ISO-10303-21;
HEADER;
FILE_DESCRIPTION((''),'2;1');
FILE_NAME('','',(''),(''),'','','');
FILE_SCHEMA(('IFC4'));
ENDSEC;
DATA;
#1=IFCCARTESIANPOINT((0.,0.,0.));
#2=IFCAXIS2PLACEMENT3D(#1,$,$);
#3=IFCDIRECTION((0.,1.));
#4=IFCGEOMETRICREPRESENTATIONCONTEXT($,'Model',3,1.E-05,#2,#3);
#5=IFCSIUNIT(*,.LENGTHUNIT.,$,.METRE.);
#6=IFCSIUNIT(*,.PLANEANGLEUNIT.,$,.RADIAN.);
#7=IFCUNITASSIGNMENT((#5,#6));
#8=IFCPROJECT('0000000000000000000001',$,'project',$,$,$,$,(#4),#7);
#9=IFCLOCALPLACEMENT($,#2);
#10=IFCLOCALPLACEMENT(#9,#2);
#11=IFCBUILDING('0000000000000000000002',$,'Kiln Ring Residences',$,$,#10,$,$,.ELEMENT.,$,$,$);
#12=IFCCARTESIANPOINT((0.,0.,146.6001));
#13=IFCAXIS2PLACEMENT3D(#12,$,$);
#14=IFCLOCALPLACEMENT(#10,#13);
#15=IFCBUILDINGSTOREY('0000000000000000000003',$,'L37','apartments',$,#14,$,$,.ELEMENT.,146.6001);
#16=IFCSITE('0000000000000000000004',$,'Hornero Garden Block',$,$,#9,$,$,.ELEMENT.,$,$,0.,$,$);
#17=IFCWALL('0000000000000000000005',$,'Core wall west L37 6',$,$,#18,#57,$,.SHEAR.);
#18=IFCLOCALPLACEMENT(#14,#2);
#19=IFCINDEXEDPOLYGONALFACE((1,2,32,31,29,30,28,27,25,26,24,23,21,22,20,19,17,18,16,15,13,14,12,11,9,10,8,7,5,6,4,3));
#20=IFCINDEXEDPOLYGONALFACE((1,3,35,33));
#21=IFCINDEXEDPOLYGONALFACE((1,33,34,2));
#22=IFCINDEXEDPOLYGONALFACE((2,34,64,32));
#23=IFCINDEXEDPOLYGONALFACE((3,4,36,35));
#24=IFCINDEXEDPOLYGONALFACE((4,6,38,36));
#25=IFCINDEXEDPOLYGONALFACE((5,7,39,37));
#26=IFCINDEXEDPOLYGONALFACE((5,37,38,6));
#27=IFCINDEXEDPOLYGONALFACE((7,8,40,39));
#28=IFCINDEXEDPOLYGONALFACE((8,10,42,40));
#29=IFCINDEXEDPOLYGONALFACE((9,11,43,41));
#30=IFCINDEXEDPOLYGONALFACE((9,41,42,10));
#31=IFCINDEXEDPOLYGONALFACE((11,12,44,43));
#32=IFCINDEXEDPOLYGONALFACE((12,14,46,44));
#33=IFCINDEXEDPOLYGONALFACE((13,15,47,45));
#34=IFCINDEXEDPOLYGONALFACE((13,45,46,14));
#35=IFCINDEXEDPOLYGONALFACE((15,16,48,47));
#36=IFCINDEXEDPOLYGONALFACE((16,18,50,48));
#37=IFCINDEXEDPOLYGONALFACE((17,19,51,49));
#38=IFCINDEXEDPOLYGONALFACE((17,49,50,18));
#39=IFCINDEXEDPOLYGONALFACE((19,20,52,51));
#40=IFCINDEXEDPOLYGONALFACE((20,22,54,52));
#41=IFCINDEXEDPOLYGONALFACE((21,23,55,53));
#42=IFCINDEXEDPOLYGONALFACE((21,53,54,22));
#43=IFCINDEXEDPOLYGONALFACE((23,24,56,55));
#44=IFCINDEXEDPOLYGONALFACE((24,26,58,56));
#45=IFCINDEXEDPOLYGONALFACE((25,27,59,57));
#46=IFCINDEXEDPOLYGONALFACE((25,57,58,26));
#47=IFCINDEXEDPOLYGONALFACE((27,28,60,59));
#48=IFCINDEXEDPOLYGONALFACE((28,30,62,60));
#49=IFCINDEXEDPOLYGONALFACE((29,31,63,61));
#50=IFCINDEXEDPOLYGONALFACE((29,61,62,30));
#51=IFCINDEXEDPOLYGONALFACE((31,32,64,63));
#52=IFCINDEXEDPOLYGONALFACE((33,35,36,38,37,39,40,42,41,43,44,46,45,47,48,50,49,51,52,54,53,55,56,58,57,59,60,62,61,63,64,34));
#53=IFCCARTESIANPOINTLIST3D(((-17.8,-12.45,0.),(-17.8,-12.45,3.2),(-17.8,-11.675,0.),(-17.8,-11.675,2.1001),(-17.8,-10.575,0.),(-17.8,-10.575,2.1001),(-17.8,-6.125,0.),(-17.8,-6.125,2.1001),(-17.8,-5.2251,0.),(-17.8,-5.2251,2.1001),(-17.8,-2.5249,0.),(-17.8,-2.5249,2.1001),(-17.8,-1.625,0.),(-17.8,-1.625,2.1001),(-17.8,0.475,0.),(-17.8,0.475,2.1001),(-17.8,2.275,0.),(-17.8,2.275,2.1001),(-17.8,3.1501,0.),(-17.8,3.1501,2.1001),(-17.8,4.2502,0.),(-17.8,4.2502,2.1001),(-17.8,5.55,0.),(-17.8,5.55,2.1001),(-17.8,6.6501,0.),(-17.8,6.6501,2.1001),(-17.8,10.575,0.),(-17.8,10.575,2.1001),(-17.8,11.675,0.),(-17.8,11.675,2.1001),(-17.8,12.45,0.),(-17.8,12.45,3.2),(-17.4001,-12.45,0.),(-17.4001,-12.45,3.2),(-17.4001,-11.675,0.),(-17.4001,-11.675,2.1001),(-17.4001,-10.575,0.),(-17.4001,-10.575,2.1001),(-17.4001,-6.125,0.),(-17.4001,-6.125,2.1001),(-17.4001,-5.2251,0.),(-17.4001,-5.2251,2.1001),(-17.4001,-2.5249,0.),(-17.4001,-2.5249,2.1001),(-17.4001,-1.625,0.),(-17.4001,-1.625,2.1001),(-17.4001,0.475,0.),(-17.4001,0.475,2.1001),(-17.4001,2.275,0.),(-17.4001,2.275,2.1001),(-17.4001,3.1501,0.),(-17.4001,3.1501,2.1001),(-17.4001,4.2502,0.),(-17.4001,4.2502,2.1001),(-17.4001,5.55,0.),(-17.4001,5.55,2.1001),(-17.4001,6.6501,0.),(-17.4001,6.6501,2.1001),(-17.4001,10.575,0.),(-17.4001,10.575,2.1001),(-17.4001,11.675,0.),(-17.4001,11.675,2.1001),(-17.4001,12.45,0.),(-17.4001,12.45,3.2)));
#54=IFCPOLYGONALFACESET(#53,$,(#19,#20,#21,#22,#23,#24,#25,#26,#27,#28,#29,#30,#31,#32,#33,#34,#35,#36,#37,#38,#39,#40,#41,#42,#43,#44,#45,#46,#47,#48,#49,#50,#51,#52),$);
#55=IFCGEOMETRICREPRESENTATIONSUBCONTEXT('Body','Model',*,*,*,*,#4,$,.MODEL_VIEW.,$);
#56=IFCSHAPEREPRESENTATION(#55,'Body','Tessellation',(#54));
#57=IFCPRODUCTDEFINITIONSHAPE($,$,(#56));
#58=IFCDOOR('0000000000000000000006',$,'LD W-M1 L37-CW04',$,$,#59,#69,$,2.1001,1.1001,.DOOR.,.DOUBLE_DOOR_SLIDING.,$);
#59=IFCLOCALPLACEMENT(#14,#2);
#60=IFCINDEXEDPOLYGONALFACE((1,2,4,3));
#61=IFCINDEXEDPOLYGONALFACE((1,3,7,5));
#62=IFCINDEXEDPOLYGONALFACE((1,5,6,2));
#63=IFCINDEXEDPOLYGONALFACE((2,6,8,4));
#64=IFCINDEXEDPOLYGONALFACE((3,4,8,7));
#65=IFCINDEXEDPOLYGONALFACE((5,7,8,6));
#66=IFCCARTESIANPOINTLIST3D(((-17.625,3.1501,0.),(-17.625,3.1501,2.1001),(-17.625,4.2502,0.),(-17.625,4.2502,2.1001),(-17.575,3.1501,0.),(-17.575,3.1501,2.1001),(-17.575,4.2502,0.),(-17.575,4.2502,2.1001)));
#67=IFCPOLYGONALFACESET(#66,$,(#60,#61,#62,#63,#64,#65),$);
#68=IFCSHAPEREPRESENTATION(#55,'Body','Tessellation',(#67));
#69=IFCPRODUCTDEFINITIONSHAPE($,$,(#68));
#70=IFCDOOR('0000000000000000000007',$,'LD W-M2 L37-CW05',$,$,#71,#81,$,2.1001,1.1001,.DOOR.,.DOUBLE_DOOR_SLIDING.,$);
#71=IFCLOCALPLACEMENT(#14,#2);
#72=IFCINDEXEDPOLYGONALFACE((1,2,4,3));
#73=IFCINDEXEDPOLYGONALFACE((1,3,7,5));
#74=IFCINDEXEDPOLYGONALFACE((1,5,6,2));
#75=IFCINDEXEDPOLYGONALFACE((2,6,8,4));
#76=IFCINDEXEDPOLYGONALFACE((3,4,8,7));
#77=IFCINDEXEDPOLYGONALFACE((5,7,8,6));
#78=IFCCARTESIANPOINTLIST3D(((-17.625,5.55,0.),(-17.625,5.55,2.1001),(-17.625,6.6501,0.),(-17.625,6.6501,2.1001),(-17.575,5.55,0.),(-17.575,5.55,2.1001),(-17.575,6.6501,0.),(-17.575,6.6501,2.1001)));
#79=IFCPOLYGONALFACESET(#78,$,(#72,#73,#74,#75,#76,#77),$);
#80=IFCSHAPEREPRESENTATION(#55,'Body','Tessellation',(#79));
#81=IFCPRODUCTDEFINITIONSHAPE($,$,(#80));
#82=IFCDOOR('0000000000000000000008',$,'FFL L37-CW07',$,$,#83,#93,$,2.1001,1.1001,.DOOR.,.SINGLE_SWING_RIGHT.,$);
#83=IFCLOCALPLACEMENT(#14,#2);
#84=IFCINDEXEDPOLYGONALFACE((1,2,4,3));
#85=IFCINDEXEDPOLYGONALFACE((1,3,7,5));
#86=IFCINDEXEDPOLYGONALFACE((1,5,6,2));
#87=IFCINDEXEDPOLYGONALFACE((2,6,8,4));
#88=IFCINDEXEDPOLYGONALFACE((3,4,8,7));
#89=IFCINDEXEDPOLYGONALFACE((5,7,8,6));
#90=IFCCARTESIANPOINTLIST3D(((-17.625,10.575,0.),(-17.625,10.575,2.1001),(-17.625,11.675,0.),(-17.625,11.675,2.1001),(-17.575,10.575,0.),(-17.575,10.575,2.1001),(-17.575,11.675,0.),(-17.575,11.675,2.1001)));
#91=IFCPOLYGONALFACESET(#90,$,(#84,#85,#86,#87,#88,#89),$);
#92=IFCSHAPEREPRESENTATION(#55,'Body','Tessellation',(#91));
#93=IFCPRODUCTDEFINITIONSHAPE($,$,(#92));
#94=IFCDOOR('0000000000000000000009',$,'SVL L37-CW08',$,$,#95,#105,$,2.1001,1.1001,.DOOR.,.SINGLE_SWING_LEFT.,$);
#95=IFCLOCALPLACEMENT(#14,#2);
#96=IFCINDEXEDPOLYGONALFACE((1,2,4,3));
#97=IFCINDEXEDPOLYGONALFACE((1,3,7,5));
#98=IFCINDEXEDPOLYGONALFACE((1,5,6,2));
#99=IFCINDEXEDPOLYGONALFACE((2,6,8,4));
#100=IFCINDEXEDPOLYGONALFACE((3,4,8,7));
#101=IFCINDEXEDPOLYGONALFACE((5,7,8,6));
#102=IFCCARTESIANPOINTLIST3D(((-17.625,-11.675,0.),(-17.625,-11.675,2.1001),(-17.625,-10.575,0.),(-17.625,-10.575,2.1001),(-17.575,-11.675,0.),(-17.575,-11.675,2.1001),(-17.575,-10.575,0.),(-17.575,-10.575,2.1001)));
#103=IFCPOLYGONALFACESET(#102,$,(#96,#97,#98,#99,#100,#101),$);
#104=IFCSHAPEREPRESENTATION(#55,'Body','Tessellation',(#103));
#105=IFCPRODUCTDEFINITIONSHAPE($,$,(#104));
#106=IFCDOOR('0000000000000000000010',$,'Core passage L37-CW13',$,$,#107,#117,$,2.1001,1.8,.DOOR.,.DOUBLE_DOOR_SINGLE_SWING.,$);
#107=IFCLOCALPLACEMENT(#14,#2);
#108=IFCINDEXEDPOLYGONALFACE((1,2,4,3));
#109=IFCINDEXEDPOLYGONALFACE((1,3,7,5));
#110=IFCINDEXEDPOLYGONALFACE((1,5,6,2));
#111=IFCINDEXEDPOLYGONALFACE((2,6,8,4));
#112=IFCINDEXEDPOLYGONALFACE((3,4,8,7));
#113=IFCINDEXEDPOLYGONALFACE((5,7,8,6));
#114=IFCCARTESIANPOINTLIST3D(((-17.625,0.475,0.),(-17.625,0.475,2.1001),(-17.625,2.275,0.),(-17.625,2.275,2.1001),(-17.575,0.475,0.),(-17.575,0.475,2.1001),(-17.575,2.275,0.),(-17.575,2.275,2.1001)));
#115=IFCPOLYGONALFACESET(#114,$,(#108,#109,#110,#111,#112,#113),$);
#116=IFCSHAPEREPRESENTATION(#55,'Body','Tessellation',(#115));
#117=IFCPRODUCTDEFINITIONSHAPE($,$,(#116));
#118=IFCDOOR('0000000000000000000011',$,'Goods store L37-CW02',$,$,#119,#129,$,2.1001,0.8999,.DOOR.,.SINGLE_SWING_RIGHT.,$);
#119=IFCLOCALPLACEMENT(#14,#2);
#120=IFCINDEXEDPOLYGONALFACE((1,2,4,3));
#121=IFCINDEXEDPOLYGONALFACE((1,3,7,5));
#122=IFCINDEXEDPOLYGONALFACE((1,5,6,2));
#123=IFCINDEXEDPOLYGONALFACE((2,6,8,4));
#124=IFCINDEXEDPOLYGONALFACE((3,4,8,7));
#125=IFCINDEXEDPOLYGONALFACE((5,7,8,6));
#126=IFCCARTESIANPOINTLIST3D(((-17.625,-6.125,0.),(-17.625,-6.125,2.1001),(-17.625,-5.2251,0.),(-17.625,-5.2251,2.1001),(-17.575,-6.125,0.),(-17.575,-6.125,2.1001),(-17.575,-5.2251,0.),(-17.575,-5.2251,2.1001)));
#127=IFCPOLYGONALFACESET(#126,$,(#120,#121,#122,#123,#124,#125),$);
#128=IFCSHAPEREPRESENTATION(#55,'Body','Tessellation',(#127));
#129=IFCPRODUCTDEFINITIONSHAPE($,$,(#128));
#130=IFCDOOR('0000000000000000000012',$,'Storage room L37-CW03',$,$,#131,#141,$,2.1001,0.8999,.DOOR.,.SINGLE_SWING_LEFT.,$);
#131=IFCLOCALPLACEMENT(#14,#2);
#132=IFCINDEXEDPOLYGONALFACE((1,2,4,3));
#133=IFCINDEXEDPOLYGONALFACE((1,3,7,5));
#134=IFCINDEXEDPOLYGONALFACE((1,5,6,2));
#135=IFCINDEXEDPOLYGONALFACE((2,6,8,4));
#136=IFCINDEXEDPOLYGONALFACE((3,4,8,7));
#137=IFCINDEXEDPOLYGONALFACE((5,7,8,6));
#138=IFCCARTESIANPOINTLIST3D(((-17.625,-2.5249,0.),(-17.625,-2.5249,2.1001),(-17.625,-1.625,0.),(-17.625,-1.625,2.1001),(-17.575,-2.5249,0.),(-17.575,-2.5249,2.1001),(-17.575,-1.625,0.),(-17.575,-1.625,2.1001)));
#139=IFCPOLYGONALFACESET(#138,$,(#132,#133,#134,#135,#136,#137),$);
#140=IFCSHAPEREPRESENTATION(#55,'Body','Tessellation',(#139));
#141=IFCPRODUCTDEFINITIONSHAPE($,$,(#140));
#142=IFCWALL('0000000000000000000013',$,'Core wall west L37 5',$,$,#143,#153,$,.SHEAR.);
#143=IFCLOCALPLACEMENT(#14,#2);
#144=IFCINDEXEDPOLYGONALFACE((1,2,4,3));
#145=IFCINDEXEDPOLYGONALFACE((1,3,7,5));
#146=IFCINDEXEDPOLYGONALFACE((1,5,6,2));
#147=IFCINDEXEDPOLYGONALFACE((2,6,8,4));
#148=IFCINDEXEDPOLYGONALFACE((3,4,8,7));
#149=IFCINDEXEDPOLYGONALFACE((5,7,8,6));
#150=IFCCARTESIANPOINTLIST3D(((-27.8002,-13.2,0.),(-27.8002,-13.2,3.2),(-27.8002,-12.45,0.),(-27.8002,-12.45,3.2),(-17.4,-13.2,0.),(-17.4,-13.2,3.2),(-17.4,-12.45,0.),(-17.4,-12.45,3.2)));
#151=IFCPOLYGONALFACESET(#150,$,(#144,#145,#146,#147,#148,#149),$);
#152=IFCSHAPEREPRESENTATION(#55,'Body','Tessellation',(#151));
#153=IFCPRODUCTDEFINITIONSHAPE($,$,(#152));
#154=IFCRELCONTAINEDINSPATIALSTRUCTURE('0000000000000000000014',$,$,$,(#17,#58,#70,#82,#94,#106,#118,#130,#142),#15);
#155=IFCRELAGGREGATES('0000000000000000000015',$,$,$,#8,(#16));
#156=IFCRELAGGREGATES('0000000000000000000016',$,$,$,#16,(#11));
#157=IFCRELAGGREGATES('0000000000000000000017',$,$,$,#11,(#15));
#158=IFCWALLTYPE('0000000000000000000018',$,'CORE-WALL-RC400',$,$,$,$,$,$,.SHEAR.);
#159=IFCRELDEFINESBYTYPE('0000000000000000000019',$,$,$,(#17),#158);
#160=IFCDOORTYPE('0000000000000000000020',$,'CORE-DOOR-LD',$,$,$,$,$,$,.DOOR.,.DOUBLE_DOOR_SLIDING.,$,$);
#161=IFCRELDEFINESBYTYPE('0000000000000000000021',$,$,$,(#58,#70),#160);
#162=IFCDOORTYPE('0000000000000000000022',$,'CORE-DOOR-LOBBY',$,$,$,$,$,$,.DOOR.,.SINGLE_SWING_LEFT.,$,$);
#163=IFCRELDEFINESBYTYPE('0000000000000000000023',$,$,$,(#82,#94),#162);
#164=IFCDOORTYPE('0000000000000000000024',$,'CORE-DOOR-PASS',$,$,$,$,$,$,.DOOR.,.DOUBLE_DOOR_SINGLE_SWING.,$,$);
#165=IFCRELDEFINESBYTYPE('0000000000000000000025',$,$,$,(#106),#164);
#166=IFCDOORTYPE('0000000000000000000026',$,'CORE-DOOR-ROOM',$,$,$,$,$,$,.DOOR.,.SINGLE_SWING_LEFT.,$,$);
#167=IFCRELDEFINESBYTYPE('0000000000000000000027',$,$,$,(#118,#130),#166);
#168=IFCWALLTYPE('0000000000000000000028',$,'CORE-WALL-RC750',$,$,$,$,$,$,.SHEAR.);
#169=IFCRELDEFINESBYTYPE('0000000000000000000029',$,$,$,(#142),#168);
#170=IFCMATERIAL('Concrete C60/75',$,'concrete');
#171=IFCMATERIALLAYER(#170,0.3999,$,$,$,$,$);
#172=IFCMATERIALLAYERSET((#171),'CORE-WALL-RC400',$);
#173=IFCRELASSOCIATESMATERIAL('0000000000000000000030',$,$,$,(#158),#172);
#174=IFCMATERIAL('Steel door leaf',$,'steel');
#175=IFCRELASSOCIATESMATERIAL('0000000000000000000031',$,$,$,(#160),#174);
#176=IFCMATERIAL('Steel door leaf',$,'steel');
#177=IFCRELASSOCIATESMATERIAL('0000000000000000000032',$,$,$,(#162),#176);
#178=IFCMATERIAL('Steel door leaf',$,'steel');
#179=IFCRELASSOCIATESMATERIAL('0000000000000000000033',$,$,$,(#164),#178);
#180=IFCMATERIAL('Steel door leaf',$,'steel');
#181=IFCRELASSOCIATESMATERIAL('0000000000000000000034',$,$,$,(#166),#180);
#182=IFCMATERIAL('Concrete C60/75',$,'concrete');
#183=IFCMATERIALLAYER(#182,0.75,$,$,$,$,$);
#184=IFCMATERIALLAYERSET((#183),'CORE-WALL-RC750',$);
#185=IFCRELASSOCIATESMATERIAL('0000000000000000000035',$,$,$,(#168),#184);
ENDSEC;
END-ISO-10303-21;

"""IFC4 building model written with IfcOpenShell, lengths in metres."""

from ifc_helpers import new_model, si_unit, direction, frame, frame_2d, origin, place, context, subcontext, project, spatial, rectangle, extrude, material, layer, layer_set, type_object, element, fill, save


model = new_model("IFC4")

# Units and contexts
model_context = context("Model", 3, precision=1e-05, world=origin(), true_north=direction((0.0, 1.0)))
body_context = subcontext(model_context, "Body", "Model", "MODEL_VIEW")
ifc_project = project(units=[si_unit("LENGTHUNIT", "METRE"), si_unit("PLANEANGLEUNIT", "RADIAN")], contexts=[model_context])

# Site, building, storey
site_placement = place(None, origin())
site = spatial("IfcSite", under=ifc_project, at=site_placement, Name="Hornero Garden Block", CompositionType="ELEMENT", RefElevation=0.0)
building_placement = place(site_placement, origin())
building = spatial("IfcBuilding", under=site, at=building_placement, Name="Kiln Ring Residences", CompositionType="ELEMENT")
storey_placement = place(building_placement, frame((0.0, 0.0, 146.6001)))
storey = spatial("IfcBuildingStorey", under=building, at=storey_placement, Name="L37", Description="apartments", CompositionType="ELEMENT", Elevation=146.6001)

# Wall, openings, doors
ifc_material_1 = material(Name="Concrete C60/75", Category="concrete")
ifc_layer_1 = layer(ifc_material_1, 0.3999)
ifc_layer_set_1 = layer_set([ifc_layer_1], Name="CORE-WALL-RC400")
wall_type_1 = type_object("IfcWallType", Name="CORE-WALL-RC400", PredefinedType="SHEAR", material=ifc_layer_set_1)
wall_1_placement = place(storey_placement, frame((-17.6001, -12.45, 0.0), z_axis=(0.0, 0.0, 1.0), x_axis=(0.0, 1.0, 0.0)))
wall_1 = element("IfcWall", 1, at=wall_1_placement, inside=storey, type_object=wall_type_1, Name="Core wall west L37 6", PredefinedType="SHEAR", context=body_context, shape_type="SweptSolid", body=[
    extrude(rectangle(XDim=24.8999, YDim=0.3999, at=frame_2d((12.45, 0.0))), origin(), (0.0, 0.0, 1.0), 3.2),
])
opening_1_placement = place(wall_1_placement, frame((6.325, 0.0, 0.0)))
opening_1 = element("IfcOpeningElement", 2, at=opening_1_placement, cuts=wall_1, PredefinedType="OPENING", context=body_context, shape_type="SweptSolid", body=[
    extrude(rectangle(XDim=0.8999, YDim=2.1001, at=frame_2d((0.45, 1.05))), frame((0.0, 0.21, 0.0), z_axis=(0.0, -1.0, 0.0), x_axis=(1.0, 0.0, 0.0)), (0.0, 0.0, 1.0), 0.4199),
])
opening_2_placement = place(wall_1_placement, frame((9.925, 0.0, 0.0)))
opening_2 = element("IfcOpeningElement", 3, at=opening_2_placement, cuts=wall_1, PredefinedType="OPENING", context=body_context, shape_type="SweptSolid", body=[
    extrude(rectangle(XDim=0.8999, YDim=2.1001, at=frame_2d((0.45, 1.05))), frame((0.0, 0.21, 0.0), z_axis=(0.0, -1.0, 0.0), x_axis=(1.0, 0.0, 0.0)), (0.0, 0.0, 1.0), 0.4199),
])
opening_3_placement = place(wall_1_placement, frame((15.6001, 0.0, 0.0)))
opening_3 = element("IfcOpeningElement", 4, at=opening_3_placement, cuts=wall_1, PredefinedType="OPENING", context=body_context, shape_type="SweptSolid", body=[
    extrude(rectangle(XDim=1.1001, YDim=2.1001, at=frame_2d((0.55, 1.05))), frame((0.0, 0.21, 0.0), z_axis=(0.0, -1.0, 0.0), x_axis=(1.0, 0.0, 0.0)), (0.0, 0.0, 1.0), 0.4199),
])
opening_4_placement = place(wall_1_placement, frame((18.0, 0.0, 0.0)))
opening_4 = element("IfcOpeningElement", 5, at=opening_4_placement, cuts=wall_1, PredefinedType="OPENING", context=body_context, shape_type="SweptSolid", body=[
    extrude(rectangle(XDim=1.1001, YDim=2.1001, at=frame_2d((0.55, 1.05))), frame((0.0, 0.21, 0.0), z_axis=(0.0, -1.0, 0.0), x_axis=(1.0, 0.0, 0.0)), (0.0, 0.0, 1.0), 0.4199),
])
opening_5_placement = place(wall_1_placement, frame((23.0249, 0.0, 0.0)))
opening_5 = element("IfcOpeningElement", 6, at=opening_5_placement, cuts=wall_1, PredefinedType="OPENING", context=body_context, shape_type="SweptSolid", body=[
    extrude(rectangle(XDim=1.1001, YDim=2.1001, at=frame_2d((0.55, 1.05))), frame((0.0, 0.21, 0.0), z_axis=(0.0, -1.0, 0.0), x_axis=(1.0, 0.0, 0.0)), (0.0, 0.0, 1.0), 0.4199),
])
opening_6_placement = place(wall_1_placement, frame((0.7749, 0.0, 0.0)))
opening_6 = element("IfcOpeningElement", 7, at=opening_6_placement, cuts=wall_1, PredefinedType="OPENING", context=body_context, shape_type="SweptSolid", body=[
    extrude(rectangle(XDim=1.1001, YDim=2.1001, at=frame_2d((0.55, 1.05))), frame((0.0, 0.21, 0.0), z_axis=(0.0, -1.0, 0.0), x_axis=(1.0, 0.0, 0.0)), (0.0, 0.0, 1.0), 0.4199),
])
opening_7_placement = place(wall_1_placement, frame((12.925, 0.0, 0.0)))
opening_7 = element("IfcOpeningElement", 8, at=opening_7_placement, cuts=wall_1, PredefinedType="OPENING", context=body_context, shape_type="SweptSolid", body=[
    extrude(rectangle(XDim=1.8, YDim=2.1001, at=frame_2d((0.8999, 1.05))), frame((0.0, 0.21, 0.0), z_axis=(0.0, -1.0, 0.0), x_axis=(1.0, 0.0, 0.0)), (0.0, 0.0, 1.0), 0.4199),
])
ifc_material_2 = material(Name="Steel door leaf", Category="steel")
door_type_1 = type_object("IfcDoorType", Name="CORE-DOOR-LD", OperationType="DOUBLE_DOOR_SLIDING", PredefinedType="DOOR", material=ifc_material_2)
door_1_placement = place(opening_3_placement, origin())
door_1 = element("IfcDoor", 9, at=door_1_placement, inside=storey, type_object=door_type_1, Name="LD W-M1 L37-CW04", OperationType="DOUBLE_DOOR_SLIDING", OverallHeight=2.1001, OverallWidth=1.1001, PredefinedType="DOOR", context=body_context, shape_type="SweptSolid", body=[
    extrude(rectangle(XDim=1.1001, YDim=2.1001, at=frame_2d((0.55, 1.05))), frame((0.0, 0.0249, 0.0), z_axis=(0.0, -1.0, 0.0), x_axis=(1.0, 0.0, 0.0)), (0.0, 0.0, 1.0), 0.05),
])
fill(opening_3, door_1)
door_2_placement = place(opening_4_placement, origin())
door_2 = element("IfcDoor", 10, at=door_2_placement, inside=storey, type_object=door_type_1, Name="LD W-M2 L37-CW05", OperationType="DOUBLE_DOOR_SLIDING", OverallHeight=2.1001, OverallWidth=1.1001, PredefinedType="DOOR", context=body_context, shape_type="SweptSolid", body=[
    extrude(rectangle(XDim=1.1001, YDim=2.1001, at=frame_2d((0.55, 1.05))), frame((0.0, 0.0249, 0.0), z_axis=(0.0, -1.0, 0.0), x_axis=(1.0, 0.0, 0.0)), (0.0, 0.0, 1.0), 0.05),
])
fill(opening_4, door_2)
ifc_material_3 = material(Name="Steel door leaf", Category="steel")
door_type_2 = type_object("IfcDoorType", Name="CORE-DOOR-LOBBY", OperationType="SINGLE_SWING_LEFT", PredefinedType="DOOR", material=ifc_material_3)
door_3_placement = place(opening_5_placement, origin())
door_3 = element("IfcDoor", 11, at=door_3_placement, inside=storey, type_object=door_type_2, Name="FFL L37-CW07", OperationType="SINGLE_SWING_RIGHT", OverallHeight=2.1001, OverallWidth=1.1001, PredefinedType="DOOR", context=body_context, shape_type="SweptSolid", body=[
    extrude(rectangle(XDim=1.1001, YDim=2.1001, at=frame_2d((0.55, 1.05))), frame((0.0, 0.0249, 0.0), z_axis=(0.0, -1.0, 0.0), x_axis=(1.0, 0.0, 0.0)), (0.0, 0.0, 1.0), 0.05),
])
fill(opening_5, door_3)
door_4_placement = place(opening_6_placement, origin())
door_4 = element("IfcDoor", 12, at=door_4_placement, inside=storey, type_object=door_type_2, Name="SVL L37-CW08", OperationType="SINGLE_SWING_LEFT", OverallHeight=2.1001, OverallWidth=1.1001, PredefinedType="DOOR", context=body_context, shape_type="SweptSolid", body=[
    extrude(rectangle(XDim=1.1001, YDim=2.1001, at=frame_2d((0.55, 1.05))), frame((0.0, 0.0249, 0.0), z_axis=(0.0, -1.0, 0.0), x_axis=(1.0, 0.0, 0.0)), (0.0, 0.0, 1.0), 0.05),
])
fill(opening_6, door_4)
ifc_material_4 = material(Name="Steel door leaf", Category="steel")
door_type_3 = type_object("IfcDoorType", Name="CORE-DOOR-PASS", OperationType="DOUBLE_DOOR_SINGLE_SWING", PredefinedType="DOOR", material=ifc_material_4)
door_5_placement = place(opening_7_placement, origin())
door_5 = element("IfcDoor", 13, at=door_5_placement, inside=storey, type_object=door_type_3, Name="Core passage L37-CW13", OperationType="DOUBLE_DOOR_SINGLE_SWING", OverallHeight=2.1001, OverallWidth=1.8, PredefinedType="DOOR", context=body_context, shape_type="SweptSolid", body=[
    extrude(rectangle(XDim=1.8, YDim=2.1001, at=frame_2d((0.8999, 1.05))), frame((0.0, 0.0249, 0.0), z_axis=(0.0, -1.0, 0.0), x_axis=(1.0, 0.0, 0.0)), (0.0, 0.0, 1.0), 0.05),
])
fill(opening_7, door_5)
ifc_material_5 = material(Name="Steel door leaf", Category="steel")
door_type_4 = type_object("IfcDoorType", Name="CORE-DOOR-ROOM", OperationType="SINGLE_SWING_LEFT", PredefinedType="DOOR", material=ifc_material_5)
door_6_placement = place(opening_1_placement, origin())
door_6 = element("IfcDoor", 14, at=door_6_placement, inside=storey, type_object=door_type_4, Name="Goods store L37-CW02", OperationType="SINGLE_SWING_RIGHT", OverallHeight=2.1001, OverallWidth=0.8999, PredefinedType="DOOR", context=body_context, shape_type="SweptSolid", body=[
    extrude(rectangle(XDim=0.8999, YDim=2.1001, at=frame_2d((0.45, 1.05))), frame((0.0, 0.0249, 0.0), z_axis=(0.0, -1.0, 0.0), x_axis=(1.0, 0.0, 0.0)), (0.0, 0.0, 1.0), 0.05),
])
fill(opening_1, door_6)
door_7_placement = place(opening_2_placement, origin())
door_7 = element("IfcDoor", 15, at=door_7_placement, inside=storey, type_object=door_type_4, Name="Storage room L37-CW03", OperationType="SINGLE_SWING_LEFT", OverallHeight=2.1001, OverallWidth=0.8999, PredefinedType="DOOR", context=body_context, shape_type="SweptSolid", body=[
    extrude(rectangle(XDim=0.8999, YDim=2.1001, at=frame_2d((0.45, 1.05))), frame((0.0, 0.0249, 0.0), z_axis=(0.0, -1.0, 0.0), x_axis=(1.0, 0.0, 0.0)), (0.0, 0.0, 1.0), 0.05),
])
fill(opening_2, door_7)

# Wall
ifc_material_6 = material(Name="Concrete C60/75", Category="concrete")
ifc_layer_2 = layer(ifc_material_6, 0.75)
ifc_layer_set_2 = layer_set([ifc_layer_2], Name="CORE-WALL-RC750")
wall_type_2 = type_object("IfcWallType", Name="CORE-WALL-RC750", PredefinedType="SHEAR", material=ifc_layer_set_2)
wall_2_placement = place(storey_placement, frame((-17.3999, -12.825, 0.0), z_axis=(0.0, 0.0, 1.0), x_axis=(-1.0, 0.0, 0.0)))
element("IfcWall", 16, at=wall_2_placement, inside=storey, type_object=wall_type_2, Name="Core wall west L37 5", PredefinedType="SHEAR", context=body_context, shape_type="SweptSolid", body=[
    extrude(rectangle(XDim=10.4001, YDim=0.75, at=frame_2d((5.2002, 0.0))), origin(), (0.0, 0.0, 1.0), 3.2),
])

save(model, "model.ifc")
